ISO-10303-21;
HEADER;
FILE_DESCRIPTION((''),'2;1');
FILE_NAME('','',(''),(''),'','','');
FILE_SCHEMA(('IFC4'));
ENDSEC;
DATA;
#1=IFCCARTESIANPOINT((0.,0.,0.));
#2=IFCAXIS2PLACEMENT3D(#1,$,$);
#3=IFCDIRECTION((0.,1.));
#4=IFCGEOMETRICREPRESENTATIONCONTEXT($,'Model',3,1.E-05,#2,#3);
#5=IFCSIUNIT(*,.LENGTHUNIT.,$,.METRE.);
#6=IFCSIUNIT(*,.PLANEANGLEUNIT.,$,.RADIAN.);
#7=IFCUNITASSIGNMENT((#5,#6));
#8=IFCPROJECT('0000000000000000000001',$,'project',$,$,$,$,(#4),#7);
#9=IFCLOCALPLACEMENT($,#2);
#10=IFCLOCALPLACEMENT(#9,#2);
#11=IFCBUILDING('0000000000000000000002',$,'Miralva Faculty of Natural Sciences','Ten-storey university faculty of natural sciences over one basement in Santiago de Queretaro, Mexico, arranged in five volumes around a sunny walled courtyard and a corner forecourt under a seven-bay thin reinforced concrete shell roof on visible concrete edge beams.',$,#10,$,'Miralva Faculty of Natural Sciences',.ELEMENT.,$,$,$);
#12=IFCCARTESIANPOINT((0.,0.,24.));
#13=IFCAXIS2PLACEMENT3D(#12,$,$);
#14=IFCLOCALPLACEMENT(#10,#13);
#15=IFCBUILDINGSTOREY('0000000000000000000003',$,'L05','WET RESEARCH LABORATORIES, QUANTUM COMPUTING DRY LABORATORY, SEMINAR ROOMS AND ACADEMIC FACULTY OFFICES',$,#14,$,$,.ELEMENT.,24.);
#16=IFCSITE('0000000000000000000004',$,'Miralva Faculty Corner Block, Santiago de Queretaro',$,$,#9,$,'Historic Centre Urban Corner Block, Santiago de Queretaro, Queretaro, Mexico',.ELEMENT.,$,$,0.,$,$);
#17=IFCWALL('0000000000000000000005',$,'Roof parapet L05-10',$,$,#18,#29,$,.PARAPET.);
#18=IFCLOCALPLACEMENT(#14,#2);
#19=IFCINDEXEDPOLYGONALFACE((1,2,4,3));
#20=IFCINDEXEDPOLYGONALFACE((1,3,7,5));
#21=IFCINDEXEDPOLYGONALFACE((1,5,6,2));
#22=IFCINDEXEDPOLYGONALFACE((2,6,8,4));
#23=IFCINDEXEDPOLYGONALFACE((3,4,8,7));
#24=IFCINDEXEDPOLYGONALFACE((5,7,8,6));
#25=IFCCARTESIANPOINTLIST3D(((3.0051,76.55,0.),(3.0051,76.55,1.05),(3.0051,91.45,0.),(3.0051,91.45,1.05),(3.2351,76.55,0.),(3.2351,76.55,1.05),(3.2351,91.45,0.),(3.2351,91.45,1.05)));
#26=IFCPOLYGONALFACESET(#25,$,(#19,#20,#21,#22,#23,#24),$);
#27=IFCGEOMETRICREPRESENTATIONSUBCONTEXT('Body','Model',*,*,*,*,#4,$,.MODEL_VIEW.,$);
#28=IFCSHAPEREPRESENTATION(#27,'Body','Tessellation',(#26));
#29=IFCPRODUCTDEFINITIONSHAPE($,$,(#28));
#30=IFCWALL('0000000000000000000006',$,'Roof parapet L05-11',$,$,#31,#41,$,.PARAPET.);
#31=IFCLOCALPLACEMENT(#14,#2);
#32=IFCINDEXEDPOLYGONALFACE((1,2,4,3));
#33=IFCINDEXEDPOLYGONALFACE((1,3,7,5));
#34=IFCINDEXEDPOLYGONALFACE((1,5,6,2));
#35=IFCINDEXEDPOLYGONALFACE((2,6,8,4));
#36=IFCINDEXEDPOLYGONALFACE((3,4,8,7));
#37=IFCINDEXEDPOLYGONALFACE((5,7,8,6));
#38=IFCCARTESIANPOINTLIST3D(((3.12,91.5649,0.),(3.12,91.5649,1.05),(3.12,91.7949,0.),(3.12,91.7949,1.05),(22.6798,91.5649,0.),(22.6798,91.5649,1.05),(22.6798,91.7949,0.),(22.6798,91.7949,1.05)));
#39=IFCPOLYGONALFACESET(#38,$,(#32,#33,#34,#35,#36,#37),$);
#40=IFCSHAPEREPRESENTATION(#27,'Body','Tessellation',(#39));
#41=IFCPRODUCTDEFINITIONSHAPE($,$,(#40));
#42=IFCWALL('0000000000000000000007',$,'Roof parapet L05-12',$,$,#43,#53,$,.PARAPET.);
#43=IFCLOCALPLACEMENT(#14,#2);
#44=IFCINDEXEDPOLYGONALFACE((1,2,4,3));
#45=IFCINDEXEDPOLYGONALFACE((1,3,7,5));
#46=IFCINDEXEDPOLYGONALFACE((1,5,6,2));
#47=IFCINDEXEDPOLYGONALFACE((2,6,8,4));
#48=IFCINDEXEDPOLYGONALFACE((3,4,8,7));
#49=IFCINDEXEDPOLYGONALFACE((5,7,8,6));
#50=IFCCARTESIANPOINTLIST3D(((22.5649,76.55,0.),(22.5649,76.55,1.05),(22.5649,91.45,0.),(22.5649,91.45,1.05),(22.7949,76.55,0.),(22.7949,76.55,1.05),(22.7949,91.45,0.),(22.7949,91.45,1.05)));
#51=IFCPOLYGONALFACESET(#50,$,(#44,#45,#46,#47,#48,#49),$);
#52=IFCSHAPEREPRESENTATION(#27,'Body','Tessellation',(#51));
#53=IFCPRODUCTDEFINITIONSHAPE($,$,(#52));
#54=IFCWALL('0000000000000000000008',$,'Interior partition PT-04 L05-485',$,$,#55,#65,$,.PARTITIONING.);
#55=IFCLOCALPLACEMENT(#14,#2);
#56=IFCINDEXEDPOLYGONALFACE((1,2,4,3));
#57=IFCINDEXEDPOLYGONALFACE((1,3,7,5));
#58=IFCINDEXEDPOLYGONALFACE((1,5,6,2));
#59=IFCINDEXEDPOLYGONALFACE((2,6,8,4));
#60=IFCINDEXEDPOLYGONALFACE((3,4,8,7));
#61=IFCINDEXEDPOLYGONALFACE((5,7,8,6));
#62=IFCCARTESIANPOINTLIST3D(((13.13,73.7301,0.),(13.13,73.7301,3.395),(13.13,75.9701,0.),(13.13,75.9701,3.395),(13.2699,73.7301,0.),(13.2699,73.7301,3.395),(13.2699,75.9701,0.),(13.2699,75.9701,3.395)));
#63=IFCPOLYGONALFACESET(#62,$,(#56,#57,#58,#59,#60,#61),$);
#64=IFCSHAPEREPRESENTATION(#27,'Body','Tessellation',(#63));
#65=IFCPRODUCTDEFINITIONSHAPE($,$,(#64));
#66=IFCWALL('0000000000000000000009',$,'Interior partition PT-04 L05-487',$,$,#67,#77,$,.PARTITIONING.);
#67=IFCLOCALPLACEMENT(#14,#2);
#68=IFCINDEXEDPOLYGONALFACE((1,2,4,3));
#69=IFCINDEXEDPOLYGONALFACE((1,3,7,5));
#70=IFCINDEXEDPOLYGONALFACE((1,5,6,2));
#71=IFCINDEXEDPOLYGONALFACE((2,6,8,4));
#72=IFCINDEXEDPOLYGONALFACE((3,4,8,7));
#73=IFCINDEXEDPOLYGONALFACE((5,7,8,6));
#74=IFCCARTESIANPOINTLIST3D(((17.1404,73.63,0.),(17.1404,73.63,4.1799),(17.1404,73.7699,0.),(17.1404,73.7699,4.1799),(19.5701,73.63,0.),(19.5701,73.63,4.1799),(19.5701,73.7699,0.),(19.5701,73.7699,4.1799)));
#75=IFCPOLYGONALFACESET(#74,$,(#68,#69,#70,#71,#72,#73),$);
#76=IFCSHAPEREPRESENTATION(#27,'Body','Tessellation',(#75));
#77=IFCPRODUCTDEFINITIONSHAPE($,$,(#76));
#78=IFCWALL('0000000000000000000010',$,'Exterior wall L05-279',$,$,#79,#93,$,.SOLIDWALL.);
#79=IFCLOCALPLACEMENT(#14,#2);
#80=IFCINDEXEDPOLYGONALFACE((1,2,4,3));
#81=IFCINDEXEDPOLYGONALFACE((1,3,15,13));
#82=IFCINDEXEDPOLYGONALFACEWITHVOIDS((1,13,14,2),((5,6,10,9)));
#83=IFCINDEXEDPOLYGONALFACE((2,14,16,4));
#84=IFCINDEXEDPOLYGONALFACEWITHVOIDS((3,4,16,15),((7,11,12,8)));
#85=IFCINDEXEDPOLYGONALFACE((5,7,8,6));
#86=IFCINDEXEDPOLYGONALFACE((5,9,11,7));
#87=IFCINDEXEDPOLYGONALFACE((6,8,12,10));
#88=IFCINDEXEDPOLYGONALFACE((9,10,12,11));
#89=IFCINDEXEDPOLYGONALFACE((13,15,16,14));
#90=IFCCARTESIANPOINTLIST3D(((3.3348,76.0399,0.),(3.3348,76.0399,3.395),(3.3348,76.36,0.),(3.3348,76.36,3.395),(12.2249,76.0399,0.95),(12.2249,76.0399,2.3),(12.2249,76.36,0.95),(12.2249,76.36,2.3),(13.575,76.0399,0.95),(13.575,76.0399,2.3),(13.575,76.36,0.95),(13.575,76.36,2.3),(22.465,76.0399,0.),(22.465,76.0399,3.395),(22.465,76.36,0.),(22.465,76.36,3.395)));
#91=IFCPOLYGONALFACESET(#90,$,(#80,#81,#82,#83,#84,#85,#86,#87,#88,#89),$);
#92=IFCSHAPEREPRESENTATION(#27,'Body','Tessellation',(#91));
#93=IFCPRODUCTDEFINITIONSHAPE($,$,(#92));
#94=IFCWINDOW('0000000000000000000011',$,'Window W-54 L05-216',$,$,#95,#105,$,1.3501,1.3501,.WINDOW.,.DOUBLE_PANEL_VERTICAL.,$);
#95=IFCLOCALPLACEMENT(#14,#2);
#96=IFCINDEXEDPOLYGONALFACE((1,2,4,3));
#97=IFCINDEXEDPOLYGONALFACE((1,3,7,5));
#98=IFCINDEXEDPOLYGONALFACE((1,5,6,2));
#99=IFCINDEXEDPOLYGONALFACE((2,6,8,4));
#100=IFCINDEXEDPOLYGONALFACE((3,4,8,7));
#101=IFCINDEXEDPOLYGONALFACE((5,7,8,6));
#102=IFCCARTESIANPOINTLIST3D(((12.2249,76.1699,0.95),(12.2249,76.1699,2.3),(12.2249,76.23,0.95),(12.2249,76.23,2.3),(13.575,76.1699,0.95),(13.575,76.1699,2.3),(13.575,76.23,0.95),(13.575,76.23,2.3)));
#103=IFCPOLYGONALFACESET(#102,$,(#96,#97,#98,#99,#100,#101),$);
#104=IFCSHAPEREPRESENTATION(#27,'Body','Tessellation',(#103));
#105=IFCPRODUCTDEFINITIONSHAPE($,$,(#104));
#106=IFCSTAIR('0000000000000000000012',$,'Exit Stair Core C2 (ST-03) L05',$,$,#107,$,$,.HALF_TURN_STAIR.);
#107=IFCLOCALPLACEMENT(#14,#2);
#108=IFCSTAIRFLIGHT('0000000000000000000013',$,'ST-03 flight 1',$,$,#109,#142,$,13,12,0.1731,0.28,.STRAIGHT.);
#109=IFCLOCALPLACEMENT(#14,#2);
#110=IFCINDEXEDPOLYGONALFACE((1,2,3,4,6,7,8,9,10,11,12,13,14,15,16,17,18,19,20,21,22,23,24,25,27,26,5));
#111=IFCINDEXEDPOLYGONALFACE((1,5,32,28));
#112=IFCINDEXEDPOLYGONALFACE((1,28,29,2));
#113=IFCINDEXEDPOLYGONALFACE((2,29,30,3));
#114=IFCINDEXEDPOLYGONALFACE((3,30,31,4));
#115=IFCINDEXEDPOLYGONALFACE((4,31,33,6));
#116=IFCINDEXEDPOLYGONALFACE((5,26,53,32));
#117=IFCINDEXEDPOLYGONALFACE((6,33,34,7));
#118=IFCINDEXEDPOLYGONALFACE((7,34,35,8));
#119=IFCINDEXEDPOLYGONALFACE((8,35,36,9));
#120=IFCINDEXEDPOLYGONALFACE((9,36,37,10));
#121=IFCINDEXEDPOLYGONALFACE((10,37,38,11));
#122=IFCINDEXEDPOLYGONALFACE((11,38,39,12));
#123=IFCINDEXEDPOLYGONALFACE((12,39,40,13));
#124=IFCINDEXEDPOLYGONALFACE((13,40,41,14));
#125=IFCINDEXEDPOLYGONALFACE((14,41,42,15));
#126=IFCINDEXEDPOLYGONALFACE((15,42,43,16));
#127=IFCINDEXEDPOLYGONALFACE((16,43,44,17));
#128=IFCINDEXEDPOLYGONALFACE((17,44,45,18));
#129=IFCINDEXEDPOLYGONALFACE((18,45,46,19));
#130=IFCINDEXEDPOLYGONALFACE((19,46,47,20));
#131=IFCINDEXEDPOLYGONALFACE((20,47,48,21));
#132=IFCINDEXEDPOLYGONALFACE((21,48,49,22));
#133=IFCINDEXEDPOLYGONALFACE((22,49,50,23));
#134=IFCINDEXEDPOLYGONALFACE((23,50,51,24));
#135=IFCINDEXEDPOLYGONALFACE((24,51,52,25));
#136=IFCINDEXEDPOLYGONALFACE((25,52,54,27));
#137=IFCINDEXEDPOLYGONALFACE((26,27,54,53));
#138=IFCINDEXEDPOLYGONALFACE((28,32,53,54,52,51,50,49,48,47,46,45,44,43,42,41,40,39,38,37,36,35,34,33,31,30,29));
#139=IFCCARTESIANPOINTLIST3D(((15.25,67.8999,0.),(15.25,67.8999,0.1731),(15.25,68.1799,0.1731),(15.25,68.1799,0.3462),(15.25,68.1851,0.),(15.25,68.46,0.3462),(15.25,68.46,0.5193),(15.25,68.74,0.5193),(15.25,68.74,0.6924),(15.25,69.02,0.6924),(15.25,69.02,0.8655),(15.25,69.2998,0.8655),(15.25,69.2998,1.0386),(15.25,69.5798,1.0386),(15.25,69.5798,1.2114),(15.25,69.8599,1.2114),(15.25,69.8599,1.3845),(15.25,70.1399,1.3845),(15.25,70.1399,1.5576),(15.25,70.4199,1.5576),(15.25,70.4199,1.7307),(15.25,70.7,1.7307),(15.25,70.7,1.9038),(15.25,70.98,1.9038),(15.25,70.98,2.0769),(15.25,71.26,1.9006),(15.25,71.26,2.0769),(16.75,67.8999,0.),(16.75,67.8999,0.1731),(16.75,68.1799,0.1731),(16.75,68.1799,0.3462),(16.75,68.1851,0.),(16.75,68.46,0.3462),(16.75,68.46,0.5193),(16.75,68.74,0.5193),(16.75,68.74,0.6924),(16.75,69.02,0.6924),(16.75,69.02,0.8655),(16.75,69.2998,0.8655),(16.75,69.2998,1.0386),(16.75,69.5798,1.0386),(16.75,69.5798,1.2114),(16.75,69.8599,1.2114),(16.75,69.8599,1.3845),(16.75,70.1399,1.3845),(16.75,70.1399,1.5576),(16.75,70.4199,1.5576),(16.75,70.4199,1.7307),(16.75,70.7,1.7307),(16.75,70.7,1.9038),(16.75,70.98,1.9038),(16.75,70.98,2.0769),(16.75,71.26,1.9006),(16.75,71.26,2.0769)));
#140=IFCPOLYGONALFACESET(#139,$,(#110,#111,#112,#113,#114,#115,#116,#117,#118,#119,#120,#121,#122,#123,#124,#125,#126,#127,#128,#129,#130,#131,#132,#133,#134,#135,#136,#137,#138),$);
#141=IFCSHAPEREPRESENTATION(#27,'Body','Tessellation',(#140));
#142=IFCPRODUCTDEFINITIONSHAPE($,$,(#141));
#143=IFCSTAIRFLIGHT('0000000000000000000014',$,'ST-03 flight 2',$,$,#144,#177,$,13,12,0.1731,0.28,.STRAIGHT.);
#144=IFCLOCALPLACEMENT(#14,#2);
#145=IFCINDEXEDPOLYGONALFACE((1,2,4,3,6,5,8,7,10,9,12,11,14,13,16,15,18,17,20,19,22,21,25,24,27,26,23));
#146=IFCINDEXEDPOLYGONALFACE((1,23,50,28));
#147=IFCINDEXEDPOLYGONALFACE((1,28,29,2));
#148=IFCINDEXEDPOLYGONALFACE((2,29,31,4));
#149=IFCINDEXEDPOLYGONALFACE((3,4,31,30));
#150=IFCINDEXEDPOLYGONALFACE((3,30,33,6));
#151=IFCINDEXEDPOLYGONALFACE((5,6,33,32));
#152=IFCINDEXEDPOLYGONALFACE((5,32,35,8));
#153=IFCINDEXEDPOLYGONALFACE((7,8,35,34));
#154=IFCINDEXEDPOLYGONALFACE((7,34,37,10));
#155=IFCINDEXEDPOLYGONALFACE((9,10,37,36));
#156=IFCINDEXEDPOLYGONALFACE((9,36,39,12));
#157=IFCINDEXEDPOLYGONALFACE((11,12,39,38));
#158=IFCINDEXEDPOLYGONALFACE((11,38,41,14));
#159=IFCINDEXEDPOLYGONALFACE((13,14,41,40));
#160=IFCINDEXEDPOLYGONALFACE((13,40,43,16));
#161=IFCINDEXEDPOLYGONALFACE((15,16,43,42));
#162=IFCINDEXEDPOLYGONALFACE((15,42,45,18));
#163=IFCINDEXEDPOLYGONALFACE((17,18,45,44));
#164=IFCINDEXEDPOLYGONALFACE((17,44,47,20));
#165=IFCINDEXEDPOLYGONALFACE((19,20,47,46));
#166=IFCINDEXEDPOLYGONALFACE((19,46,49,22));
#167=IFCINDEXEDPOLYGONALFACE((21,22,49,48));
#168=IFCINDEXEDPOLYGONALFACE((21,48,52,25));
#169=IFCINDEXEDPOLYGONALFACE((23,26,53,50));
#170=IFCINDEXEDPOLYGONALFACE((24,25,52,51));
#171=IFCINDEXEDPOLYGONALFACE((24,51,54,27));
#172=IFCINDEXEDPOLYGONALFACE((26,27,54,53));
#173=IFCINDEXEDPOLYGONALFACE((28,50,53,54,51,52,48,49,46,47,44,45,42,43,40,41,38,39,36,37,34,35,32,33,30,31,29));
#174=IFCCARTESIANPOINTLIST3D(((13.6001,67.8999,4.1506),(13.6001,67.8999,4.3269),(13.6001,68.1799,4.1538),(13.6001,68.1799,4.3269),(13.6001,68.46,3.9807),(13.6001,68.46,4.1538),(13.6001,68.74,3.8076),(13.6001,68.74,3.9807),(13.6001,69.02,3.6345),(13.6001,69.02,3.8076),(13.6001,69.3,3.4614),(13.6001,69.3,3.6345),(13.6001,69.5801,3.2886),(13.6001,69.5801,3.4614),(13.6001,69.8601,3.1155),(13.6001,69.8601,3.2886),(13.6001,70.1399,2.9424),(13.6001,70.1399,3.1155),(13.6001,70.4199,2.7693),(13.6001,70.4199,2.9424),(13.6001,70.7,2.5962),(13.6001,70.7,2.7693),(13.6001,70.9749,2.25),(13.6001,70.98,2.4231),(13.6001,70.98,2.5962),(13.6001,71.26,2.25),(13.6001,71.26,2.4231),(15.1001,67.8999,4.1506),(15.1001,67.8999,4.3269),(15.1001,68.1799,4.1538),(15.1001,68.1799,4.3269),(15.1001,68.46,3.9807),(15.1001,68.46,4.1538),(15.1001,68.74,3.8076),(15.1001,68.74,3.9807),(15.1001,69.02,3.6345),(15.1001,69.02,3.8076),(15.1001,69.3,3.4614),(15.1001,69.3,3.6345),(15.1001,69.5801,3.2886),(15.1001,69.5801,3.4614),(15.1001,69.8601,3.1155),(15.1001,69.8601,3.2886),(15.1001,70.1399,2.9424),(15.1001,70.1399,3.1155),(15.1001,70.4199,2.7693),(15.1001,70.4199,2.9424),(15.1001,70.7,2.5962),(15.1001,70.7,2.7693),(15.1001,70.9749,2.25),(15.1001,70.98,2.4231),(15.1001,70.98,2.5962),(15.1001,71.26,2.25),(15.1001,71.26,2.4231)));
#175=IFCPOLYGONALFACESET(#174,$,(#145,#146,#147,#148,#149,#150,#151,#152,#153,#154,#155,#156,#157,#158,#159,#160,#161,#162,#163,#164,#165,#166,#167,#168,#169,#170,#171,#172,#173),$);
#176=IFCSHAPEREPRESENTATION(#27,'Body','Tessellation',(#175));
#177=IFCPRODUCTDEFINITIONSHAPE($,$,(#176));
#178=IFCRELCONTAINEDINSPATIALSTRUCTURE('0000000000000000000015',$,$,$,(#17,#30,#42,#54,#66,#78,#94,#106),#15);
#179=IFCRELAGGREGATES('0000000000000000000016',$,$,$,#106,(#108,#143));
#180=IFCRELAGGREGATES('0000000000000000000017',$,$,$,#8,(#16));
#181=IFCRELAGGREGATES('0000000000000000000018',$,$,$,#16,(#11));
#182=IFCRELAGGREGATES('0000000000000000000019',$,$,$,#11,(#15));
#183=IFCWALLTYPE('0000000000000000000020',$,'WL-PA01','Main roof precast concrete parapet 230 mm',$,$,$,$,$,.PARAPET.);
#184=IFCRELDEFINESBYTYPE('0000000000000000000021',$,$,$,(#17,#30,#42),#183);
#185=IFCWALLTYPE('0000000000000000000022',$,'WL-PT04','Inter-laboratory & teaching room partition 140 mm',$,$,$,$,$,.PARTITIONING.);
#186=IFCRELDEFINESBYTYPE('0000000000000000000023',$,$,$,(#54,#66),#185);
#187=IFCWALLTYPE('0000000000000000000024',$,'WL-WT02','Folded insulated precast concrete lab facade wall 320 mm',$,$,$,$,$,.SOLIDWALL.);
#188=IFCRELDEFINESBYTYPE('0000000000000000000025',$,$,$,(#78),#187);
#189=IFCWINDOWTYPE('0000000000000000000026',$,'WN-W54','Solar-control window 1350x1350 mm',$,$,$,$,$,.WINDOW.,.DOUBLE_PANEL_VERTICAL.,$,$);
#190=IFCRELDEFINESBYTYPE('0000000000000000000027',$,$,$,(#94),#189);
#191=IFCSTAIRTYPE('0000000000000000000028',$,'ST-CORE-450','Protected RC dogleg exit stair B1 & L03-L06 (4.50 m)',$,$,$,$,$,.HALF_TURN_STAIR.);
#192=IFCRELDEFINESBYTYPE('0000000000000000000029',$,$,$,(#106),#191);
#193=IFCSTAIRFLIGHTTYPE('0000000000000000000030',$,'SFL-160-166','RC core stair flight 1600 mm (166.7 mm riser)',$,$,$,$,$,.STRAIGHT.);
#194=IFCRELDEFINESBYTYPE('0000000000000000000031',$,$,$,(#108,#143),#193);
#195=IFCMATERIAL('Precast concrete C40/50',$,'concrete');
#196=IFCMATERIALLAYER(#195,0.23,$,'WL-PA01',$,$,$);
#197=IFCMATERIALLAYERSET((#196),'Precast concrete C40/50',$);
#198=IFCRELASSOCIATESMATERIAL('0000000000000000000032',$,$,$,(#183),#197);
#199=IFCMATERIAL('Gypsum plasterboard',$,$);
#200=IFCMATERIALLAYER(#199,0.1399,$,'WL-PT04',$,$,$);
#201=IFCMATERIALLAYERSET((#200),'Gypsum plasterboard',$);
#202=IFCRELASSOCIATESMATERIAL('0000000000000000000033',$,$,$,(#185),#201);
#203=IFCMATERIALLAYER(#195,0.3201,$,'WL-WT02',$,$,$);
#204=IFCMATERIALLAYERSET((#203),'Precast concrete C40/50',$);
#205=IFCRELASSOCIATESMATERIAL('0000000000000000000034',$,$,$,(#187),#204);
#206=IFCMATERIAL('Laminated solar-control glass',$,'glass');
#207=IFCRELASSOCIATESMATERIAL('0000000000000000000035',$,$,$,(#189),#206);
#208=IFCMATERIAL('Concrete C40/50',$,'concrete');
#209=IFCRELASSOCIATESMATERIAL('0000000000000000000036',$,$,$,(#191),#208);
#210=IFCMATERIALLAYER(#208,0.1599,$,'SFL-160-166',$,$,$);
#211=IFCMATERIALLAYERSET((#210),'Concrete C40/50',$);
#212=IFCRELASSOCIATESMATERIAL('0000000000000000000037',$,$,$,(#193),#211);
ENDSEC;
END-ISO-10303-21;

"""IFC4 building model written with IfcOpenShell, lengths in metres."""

from ifc_helpers import new_model, si_unit, direction, frame, frame_2d, origin, place, context, subcontext, project, spatial, polyline, rectangle, outline, extrude, material, layer, layer_set, type_object, element, fill, aggregate, save


model = new_model("IFC4")

# Units and contexts
model_context = context("Model", 3, precision=1e-05, world=origin(), true_north=direction((0.0, 1.0)))
body_context = subcontext(model_context, "Body", "Model", "MODEL_VIEW")
ifc_project = project(units=[si_unit("LENGTHUNIT", "METRE"), si_unit("PLANEANGLEUNIT", "RADIAN")], contexts=[model_context])

# Site, building, storey
site_placement = place(None, origin())
site = spatial("IfcSite", under=ifc_project, at=site_placement, Name="Miralva Faculty Corner Block, Santiago de Queretaro", LongName="Historic Centre Urban Corner Block, Santiago de Queretaro, Queretaro, Mexico", CompositionType="ELEMENT", RefElevation=0.0)
building_placement = place(site_placement, origin())
building = spatial("IfcBuilding", under=site, at=building_placement, Name="Miralva Faculty of Natural Sciences", Description="Ten-storey university faculty of natural sciences over one basement in Santiago de Queretaro, Mexico, arranged in five volumes around a sunny walled courtyard and a corner forecourt under a seven-bay thin reinforced concrete shell roof on visible concrete edge beams.", LongName="Miralva Faculty of Natural Sciences", CompositionType="ELEMENT")
storey_placement = place(building_placement, frame((0.0, 0.0, 24.0)))
storey = spatial("IfcBuildingStorey", under=building, at=storey_placement, Name="L05", Description="WET RESEARCH LABORATORIES, QUANTUM COMPUTING DRY LABORATORY, SEMINAR ROOMS AND ACADEMIC FACULTY OFFICES", CompositionType="ELEMENT", Elevation=24.0)

# Shared definitions
ifc_material_1 = material(Name="Concrete C40/50", Category="concrete")

# Walls
ifc_material_2 = material(Name="Precast concrete C40/50", Category="concrete")
ifc_layer_1 = layer(ifc_material_2, 0.23, Name="WL-PA01")
ifc_layer_set_1 = layer_set([ifc_layer_1], Name="Precast concrete C40/50")
wall_type_1 = type_object("IfcWallType", Name="WL-PA01", Description="Main roof precast concrete parapet 230 mm", PredefinedType="PARAPET", material=ifc_layer_set_1)
wall_1_placement = place(storey_placement, frame((3.1201, 76.55, 0.0), z_axis=(0.0, 0.0, 1.0), x_axis=(0.0, 1.0, 0.0)))
element("IfcWall", 1, at=wall_1_placement, inside=storey, type_object=wall_type_1, Name="Roof parapet L05-10", PredefinedType="PARAPET", context=body_context, shape_type="SweptSolid", body=[
    extrude(rectangle(XDim=14.8999, YDim=0.23, at=frame_2d((7.45, 0.0))), origin(), (0.0, 0.0, 1.0), 1.05),
])
wall_2_placement = place(storey_placement, frame((3.1201, 91.6799, 0.0), z_axis=(0.0, 0.0, 1.0), x_axis=(1.0, 0.0, 0.0)))
element("IfcWall", 2, at=wall_2_placement, inside=storey, type_object=wall_type_1, Name="Roof parapet L05-11", PredefinedType="PARAPET", context=body_context, shape_type="SweptSolid", body=[
    extrude(rectangle(XDim=19.5598, YDim=0.23, at=frame_2d((9.7798, 0.0))), origin(), (0.0, 0.0, 1.0), 1.05),
])
wall_3_placement = place(storey_placement, frame((22.6799, 76.55, 0.0), z_axis=(0.0, 0.0, 1.0), x_axis=(0.0, 1.0, 0.0)))
element("IfcWall", 3, at=wall_3_placement, inside=storey, type_object=wall_type_1, Name="Roof parapet L05-12", PredefinedType="PARAPET", context=body_context, shape_type="SweptSolid", body=[
    extrude(rectangle(XDim=14.8999, YDim=0.23, at=frame_2d((7.45, 0.0))), origin(), (0.0, 0.0, 1.0), 1.05),
])
ifc_material_3 = material(Name="Gypsum plasterboard")
ifc_layer_2 = layer(ifc_material_3, 0.1399, Name="WL-PT04")
ifc_layer_set_2 = layer_set([ifc_layer_2], Name="Gypsum plasterboard")
wall_type_2 = type_object("IfcWallType", Name="WL-PT04", Description="Inter-laboratory & teaching room partition 140 mm", PredefinedType="PARTITIONING", material=ifc_layer_set_2)
wall_4_placement = place(storey_placement, frame((13.2, 73.73, 0.0), z_axis=(0.0, 0.0, 1.0), x_axis=(0.0, 1.0, 0.0)))
element("IfcWall", 4, at=wall_4_placement, inside=storey, type_object=wall_type_2, Name="Interior partition PT-04 L05-485", PredefinedType="PARTITIONING", context=body_context, shape_type="SweptSolid", body=[
    extrude(rectangle(XDim=2.24, YDim=0.1399, at=frame_2d((1.1201, 0.0))), origin(), (0.0, 0.0, 1.0), 3.395),
])
wall_5_placement = place(storey_placement, frame((17.1404, 73.7, 0.0), z_axis=(0.0, 0.0, 1.0), x_axis=(1.0, 0.0, 0.0)))
element("IfcWall", 5, at=wall_5_placement, inside=storey, type_object=wall_type_2, Name="Interior partition PT-04 L05-487", PredefinedType="PARTITIONING", context=body_context, shape_type="SweptSolid", body=[
    extrude(rectangle(XDim=2.4297, YDim=0.1399, at=frame_2d((1.2148, 0.0))), origin(), (0.0, 0.0, 1.0), 4.1799),
])

# Wall, opening, window
ifc_layer_3 = layer(ifc_material_2, 0.3201, Name="WL-WT02")
ifc_layer_set_3 = layer_set([ifc_layer_3], Name="Precast concrete C40/50")
wall_type_3 = type_object("IfcWallType", Name="WL-WT02", Description="Folded insulated precast concrete lab facade wall 320 mm", PredefinedType="SOLIDWALL", material=ifc_layer_set_3)
wall_6_placement = place(storey_placement, frame((3.335, 76.2, 0.0), z_axis=(0.0, 0.0, 1.0), x_axis=(1.0, 0.0, 0.0)))
wall_6 = element("IfcWall", 6, at=wall_6_placement, inside=storey, type_object=wall_type_3, Name="Exterior wall L05-279", PredefinedType="SOLIDWALL", context=body_context, shape_type="SweptSolid", body=[
    extrude(rectangle(XDim=19.1301, YDim=0.3201, at=frame_2d((9.5649, 0.0))), origin(), (0.0, 0.0, 1.0), 3.395),
])
opening_1_placement = place(wall_6_placement, frame((8.8899, 0.0, 0.95)))
opening_1 = element("IfcOpeningElement", 7, at=opening_1_placement, cuts=wall_6, PredefinedType="OPENING", context=body_context, shape_type="SweptSolid", body=[
    extrude(rectangle(XDim=1.3501, YDim=1.3501, at=frame_2d((0.675, 0.675))), frame((0.0, 0.1699, 0.0), z_axis=(0.0, -1.0, 0.0), x_axis=(1.0, 0.0, 0.0)), (0.0, 0.0, 1.0), 0.3401),
])
ifc_material_4 = material(Name="Laminated solar-control glass", Category="glass")
window_type = type_object("IfcWindowType", Name="WN-W54", Description="Solar-control window 1350x1350 mm", PartitioningType="DOUBLE_PANEL_VERTICAL", PredefinedType="WINDOW", material=ifc_material_4)
window_placement = place(opening_1_placement, origin())
window = element("IfcWindow", 8, at=window_placement, inside=storey, type_object=window_type, Name="Window W-54 L05-216", OverallHeight=1.3501, OverallWidth=1.3501, PartitioningType="DOUBLE_PANEL_VERTICAL", PredefinedType="WINDOW", context=body_context, shape_type="SweptSolid", body=[
    extrude(rectangle(XDim=1.3501, YDim=1.3501, at=frame_2d((0.675, 0.675))), frame((0.0, 0.03, 0.0), z_axis=(0.0, -1.0, 0.0), x_axis=(1.0, 0.0, 0.0)), (0.0, 0.0, 1.0), 0.0601),
])
fill(opening_1, window)

# Stair, stair flights
stair_type = type_object("IfcStairType", Name="ST-CORE-450", Description="Protected RC dogleg exit stair B1 & L03-L06 (4.50 m)", PredefinedType="HALF_TURN_STAIR", material=ifc_material_1)
stair_placement = place(storey_placement, origin())
stair = element("IfcStair", 9, at=stair_placement, inside=storey, type_object=stair_type, Name="Exit Stair Core C2 (ST-03) L05", PredefinedType="HALF_TURN_STAIR")
ifc_layer_4 = layer(ifc_material_1, 0.1599, Name="SFL-160-166")
ifc_layer_set_4 = layer_set([ifc_layer_4], Name="Concrete C40/50")
stair_flight_type = type_object("IfcStairFlightType", Name="SFL-160-166", Description="RC core stair flight 1600 mm (166.7 mm riser)", PredefinedType="STRAIGHT", material=ifc_layer_set_4)
stair_flight_1_placement = place(storey_placement, frame((16.0, 67.8999, 0.0), z_axis=(0.0, 0.0, 1.0), x_axis=(0.0, 1.0, 0.0)))
stair_flight_1 = element("IfcStairFlight", 10, at=stair_flight_1_placement, type_object=stair_flight_type, Name="ST-03 flight 1", NumberOfRisers=13, NumberOfTreads=12, PredefinedType="STRAIGHT", RiserHeight=0.1731, TreadLength=0.28, context=body_context, shape_type="SweptSolid", body=[
    extrude(outline(polyline([(0.0, 0.0), (0.0, 0.1731), (0.28, 0.1731), (0.28, 0.3462), (0.5601, 0.3462), (0.5601, 0.5193), (0.8401, 0.5193), (0.8401, 0.6924), (1.1201, 0.6924), (1.1201, 0.8655), (1.3999, 0.8655), (1.3999, 1.0386), (1.6799, 1.0386), (1.6799, 1.2114), (1.96, 1.2114), (1.96, 1.3845), (2.24, 1.3845), (2.24, 1.5576), (2.52, 1.5576), (2.52, 1.7307), (2.8, 1.7307), (2.8, 1.9038), (3.0801, 1.9038), (3.0801, 2.0769), (3.3601, 2.0769), (3.3601, 2.25), (3.3601, 1.9006), (0.2852, 0.0), (0.0, 0.0)])), frame((0.0, 0.75, 0.0), z_axis=(0.0, -1.0, 0.0), x_axis=(1.0, 0.0, 0.0)), (0.0, 0.0, 1.0), 1.5),
])
stair_flight_2_placement = place(storey_placement, frame((14.3501, 71.26, 2.25), z_axis=(0.0, 0.0, 1.0), x_axis=(0.0, -1.0, 0.0)))
stair_flight_2 = element("IfcStairFlight", 11, at=stair_flight_2_placement, type_object=stair_flight_type, Name="ST-03 flight 2", NumberOfRisers=13, NumberOfTreads=12, PredefinedType="STRAIGHT", RiserHeight=0.1731, TreadLength=0.28, context=body_context, shape_type="SweptSolid", body=[
    extrude(outline(polyline([(0.0, 0.0), (0.0, 0.1731), (0.28, 0.1731), (0.28, 0.3462), (0.5601, 0.3462), (0.5601, 0.5193), (0.8401, 0.5193), (0.8401, 0.6924), (1.1201, 0.6924), (1.1201, 0.8655), (1.3999, 0.8655), (1.3999, 1.0386), (1.6799, 1.0386), (1.6799, 1.2114), (1.96, 1.2114), (1.96, 1.3845), (2.24, 1.3845), (2.24, 1.5576), (2.52, 1.5576), (2.52, 1.7307), (2.8, 1.7307), (2.8, 1.9038), (3.0801, 1.9038), (3.0801, 2.0769), (3.3601, 2.0769), (3.3601, 2.25), (3.3601, 1.9006), (0.2852, 0.0), (0.0, 0.0)])), frame((0.0, 0.75, 0.0), z_axis=(0.0, -1.0, 0.0), x_axis=(1.0, 0.0, 0.0)), (0.0, 0.0, 1.0), 1.5),
])
aggregate(stair, [stair_flight_1, stair_flight_2])

save(model, "model.ifc")
